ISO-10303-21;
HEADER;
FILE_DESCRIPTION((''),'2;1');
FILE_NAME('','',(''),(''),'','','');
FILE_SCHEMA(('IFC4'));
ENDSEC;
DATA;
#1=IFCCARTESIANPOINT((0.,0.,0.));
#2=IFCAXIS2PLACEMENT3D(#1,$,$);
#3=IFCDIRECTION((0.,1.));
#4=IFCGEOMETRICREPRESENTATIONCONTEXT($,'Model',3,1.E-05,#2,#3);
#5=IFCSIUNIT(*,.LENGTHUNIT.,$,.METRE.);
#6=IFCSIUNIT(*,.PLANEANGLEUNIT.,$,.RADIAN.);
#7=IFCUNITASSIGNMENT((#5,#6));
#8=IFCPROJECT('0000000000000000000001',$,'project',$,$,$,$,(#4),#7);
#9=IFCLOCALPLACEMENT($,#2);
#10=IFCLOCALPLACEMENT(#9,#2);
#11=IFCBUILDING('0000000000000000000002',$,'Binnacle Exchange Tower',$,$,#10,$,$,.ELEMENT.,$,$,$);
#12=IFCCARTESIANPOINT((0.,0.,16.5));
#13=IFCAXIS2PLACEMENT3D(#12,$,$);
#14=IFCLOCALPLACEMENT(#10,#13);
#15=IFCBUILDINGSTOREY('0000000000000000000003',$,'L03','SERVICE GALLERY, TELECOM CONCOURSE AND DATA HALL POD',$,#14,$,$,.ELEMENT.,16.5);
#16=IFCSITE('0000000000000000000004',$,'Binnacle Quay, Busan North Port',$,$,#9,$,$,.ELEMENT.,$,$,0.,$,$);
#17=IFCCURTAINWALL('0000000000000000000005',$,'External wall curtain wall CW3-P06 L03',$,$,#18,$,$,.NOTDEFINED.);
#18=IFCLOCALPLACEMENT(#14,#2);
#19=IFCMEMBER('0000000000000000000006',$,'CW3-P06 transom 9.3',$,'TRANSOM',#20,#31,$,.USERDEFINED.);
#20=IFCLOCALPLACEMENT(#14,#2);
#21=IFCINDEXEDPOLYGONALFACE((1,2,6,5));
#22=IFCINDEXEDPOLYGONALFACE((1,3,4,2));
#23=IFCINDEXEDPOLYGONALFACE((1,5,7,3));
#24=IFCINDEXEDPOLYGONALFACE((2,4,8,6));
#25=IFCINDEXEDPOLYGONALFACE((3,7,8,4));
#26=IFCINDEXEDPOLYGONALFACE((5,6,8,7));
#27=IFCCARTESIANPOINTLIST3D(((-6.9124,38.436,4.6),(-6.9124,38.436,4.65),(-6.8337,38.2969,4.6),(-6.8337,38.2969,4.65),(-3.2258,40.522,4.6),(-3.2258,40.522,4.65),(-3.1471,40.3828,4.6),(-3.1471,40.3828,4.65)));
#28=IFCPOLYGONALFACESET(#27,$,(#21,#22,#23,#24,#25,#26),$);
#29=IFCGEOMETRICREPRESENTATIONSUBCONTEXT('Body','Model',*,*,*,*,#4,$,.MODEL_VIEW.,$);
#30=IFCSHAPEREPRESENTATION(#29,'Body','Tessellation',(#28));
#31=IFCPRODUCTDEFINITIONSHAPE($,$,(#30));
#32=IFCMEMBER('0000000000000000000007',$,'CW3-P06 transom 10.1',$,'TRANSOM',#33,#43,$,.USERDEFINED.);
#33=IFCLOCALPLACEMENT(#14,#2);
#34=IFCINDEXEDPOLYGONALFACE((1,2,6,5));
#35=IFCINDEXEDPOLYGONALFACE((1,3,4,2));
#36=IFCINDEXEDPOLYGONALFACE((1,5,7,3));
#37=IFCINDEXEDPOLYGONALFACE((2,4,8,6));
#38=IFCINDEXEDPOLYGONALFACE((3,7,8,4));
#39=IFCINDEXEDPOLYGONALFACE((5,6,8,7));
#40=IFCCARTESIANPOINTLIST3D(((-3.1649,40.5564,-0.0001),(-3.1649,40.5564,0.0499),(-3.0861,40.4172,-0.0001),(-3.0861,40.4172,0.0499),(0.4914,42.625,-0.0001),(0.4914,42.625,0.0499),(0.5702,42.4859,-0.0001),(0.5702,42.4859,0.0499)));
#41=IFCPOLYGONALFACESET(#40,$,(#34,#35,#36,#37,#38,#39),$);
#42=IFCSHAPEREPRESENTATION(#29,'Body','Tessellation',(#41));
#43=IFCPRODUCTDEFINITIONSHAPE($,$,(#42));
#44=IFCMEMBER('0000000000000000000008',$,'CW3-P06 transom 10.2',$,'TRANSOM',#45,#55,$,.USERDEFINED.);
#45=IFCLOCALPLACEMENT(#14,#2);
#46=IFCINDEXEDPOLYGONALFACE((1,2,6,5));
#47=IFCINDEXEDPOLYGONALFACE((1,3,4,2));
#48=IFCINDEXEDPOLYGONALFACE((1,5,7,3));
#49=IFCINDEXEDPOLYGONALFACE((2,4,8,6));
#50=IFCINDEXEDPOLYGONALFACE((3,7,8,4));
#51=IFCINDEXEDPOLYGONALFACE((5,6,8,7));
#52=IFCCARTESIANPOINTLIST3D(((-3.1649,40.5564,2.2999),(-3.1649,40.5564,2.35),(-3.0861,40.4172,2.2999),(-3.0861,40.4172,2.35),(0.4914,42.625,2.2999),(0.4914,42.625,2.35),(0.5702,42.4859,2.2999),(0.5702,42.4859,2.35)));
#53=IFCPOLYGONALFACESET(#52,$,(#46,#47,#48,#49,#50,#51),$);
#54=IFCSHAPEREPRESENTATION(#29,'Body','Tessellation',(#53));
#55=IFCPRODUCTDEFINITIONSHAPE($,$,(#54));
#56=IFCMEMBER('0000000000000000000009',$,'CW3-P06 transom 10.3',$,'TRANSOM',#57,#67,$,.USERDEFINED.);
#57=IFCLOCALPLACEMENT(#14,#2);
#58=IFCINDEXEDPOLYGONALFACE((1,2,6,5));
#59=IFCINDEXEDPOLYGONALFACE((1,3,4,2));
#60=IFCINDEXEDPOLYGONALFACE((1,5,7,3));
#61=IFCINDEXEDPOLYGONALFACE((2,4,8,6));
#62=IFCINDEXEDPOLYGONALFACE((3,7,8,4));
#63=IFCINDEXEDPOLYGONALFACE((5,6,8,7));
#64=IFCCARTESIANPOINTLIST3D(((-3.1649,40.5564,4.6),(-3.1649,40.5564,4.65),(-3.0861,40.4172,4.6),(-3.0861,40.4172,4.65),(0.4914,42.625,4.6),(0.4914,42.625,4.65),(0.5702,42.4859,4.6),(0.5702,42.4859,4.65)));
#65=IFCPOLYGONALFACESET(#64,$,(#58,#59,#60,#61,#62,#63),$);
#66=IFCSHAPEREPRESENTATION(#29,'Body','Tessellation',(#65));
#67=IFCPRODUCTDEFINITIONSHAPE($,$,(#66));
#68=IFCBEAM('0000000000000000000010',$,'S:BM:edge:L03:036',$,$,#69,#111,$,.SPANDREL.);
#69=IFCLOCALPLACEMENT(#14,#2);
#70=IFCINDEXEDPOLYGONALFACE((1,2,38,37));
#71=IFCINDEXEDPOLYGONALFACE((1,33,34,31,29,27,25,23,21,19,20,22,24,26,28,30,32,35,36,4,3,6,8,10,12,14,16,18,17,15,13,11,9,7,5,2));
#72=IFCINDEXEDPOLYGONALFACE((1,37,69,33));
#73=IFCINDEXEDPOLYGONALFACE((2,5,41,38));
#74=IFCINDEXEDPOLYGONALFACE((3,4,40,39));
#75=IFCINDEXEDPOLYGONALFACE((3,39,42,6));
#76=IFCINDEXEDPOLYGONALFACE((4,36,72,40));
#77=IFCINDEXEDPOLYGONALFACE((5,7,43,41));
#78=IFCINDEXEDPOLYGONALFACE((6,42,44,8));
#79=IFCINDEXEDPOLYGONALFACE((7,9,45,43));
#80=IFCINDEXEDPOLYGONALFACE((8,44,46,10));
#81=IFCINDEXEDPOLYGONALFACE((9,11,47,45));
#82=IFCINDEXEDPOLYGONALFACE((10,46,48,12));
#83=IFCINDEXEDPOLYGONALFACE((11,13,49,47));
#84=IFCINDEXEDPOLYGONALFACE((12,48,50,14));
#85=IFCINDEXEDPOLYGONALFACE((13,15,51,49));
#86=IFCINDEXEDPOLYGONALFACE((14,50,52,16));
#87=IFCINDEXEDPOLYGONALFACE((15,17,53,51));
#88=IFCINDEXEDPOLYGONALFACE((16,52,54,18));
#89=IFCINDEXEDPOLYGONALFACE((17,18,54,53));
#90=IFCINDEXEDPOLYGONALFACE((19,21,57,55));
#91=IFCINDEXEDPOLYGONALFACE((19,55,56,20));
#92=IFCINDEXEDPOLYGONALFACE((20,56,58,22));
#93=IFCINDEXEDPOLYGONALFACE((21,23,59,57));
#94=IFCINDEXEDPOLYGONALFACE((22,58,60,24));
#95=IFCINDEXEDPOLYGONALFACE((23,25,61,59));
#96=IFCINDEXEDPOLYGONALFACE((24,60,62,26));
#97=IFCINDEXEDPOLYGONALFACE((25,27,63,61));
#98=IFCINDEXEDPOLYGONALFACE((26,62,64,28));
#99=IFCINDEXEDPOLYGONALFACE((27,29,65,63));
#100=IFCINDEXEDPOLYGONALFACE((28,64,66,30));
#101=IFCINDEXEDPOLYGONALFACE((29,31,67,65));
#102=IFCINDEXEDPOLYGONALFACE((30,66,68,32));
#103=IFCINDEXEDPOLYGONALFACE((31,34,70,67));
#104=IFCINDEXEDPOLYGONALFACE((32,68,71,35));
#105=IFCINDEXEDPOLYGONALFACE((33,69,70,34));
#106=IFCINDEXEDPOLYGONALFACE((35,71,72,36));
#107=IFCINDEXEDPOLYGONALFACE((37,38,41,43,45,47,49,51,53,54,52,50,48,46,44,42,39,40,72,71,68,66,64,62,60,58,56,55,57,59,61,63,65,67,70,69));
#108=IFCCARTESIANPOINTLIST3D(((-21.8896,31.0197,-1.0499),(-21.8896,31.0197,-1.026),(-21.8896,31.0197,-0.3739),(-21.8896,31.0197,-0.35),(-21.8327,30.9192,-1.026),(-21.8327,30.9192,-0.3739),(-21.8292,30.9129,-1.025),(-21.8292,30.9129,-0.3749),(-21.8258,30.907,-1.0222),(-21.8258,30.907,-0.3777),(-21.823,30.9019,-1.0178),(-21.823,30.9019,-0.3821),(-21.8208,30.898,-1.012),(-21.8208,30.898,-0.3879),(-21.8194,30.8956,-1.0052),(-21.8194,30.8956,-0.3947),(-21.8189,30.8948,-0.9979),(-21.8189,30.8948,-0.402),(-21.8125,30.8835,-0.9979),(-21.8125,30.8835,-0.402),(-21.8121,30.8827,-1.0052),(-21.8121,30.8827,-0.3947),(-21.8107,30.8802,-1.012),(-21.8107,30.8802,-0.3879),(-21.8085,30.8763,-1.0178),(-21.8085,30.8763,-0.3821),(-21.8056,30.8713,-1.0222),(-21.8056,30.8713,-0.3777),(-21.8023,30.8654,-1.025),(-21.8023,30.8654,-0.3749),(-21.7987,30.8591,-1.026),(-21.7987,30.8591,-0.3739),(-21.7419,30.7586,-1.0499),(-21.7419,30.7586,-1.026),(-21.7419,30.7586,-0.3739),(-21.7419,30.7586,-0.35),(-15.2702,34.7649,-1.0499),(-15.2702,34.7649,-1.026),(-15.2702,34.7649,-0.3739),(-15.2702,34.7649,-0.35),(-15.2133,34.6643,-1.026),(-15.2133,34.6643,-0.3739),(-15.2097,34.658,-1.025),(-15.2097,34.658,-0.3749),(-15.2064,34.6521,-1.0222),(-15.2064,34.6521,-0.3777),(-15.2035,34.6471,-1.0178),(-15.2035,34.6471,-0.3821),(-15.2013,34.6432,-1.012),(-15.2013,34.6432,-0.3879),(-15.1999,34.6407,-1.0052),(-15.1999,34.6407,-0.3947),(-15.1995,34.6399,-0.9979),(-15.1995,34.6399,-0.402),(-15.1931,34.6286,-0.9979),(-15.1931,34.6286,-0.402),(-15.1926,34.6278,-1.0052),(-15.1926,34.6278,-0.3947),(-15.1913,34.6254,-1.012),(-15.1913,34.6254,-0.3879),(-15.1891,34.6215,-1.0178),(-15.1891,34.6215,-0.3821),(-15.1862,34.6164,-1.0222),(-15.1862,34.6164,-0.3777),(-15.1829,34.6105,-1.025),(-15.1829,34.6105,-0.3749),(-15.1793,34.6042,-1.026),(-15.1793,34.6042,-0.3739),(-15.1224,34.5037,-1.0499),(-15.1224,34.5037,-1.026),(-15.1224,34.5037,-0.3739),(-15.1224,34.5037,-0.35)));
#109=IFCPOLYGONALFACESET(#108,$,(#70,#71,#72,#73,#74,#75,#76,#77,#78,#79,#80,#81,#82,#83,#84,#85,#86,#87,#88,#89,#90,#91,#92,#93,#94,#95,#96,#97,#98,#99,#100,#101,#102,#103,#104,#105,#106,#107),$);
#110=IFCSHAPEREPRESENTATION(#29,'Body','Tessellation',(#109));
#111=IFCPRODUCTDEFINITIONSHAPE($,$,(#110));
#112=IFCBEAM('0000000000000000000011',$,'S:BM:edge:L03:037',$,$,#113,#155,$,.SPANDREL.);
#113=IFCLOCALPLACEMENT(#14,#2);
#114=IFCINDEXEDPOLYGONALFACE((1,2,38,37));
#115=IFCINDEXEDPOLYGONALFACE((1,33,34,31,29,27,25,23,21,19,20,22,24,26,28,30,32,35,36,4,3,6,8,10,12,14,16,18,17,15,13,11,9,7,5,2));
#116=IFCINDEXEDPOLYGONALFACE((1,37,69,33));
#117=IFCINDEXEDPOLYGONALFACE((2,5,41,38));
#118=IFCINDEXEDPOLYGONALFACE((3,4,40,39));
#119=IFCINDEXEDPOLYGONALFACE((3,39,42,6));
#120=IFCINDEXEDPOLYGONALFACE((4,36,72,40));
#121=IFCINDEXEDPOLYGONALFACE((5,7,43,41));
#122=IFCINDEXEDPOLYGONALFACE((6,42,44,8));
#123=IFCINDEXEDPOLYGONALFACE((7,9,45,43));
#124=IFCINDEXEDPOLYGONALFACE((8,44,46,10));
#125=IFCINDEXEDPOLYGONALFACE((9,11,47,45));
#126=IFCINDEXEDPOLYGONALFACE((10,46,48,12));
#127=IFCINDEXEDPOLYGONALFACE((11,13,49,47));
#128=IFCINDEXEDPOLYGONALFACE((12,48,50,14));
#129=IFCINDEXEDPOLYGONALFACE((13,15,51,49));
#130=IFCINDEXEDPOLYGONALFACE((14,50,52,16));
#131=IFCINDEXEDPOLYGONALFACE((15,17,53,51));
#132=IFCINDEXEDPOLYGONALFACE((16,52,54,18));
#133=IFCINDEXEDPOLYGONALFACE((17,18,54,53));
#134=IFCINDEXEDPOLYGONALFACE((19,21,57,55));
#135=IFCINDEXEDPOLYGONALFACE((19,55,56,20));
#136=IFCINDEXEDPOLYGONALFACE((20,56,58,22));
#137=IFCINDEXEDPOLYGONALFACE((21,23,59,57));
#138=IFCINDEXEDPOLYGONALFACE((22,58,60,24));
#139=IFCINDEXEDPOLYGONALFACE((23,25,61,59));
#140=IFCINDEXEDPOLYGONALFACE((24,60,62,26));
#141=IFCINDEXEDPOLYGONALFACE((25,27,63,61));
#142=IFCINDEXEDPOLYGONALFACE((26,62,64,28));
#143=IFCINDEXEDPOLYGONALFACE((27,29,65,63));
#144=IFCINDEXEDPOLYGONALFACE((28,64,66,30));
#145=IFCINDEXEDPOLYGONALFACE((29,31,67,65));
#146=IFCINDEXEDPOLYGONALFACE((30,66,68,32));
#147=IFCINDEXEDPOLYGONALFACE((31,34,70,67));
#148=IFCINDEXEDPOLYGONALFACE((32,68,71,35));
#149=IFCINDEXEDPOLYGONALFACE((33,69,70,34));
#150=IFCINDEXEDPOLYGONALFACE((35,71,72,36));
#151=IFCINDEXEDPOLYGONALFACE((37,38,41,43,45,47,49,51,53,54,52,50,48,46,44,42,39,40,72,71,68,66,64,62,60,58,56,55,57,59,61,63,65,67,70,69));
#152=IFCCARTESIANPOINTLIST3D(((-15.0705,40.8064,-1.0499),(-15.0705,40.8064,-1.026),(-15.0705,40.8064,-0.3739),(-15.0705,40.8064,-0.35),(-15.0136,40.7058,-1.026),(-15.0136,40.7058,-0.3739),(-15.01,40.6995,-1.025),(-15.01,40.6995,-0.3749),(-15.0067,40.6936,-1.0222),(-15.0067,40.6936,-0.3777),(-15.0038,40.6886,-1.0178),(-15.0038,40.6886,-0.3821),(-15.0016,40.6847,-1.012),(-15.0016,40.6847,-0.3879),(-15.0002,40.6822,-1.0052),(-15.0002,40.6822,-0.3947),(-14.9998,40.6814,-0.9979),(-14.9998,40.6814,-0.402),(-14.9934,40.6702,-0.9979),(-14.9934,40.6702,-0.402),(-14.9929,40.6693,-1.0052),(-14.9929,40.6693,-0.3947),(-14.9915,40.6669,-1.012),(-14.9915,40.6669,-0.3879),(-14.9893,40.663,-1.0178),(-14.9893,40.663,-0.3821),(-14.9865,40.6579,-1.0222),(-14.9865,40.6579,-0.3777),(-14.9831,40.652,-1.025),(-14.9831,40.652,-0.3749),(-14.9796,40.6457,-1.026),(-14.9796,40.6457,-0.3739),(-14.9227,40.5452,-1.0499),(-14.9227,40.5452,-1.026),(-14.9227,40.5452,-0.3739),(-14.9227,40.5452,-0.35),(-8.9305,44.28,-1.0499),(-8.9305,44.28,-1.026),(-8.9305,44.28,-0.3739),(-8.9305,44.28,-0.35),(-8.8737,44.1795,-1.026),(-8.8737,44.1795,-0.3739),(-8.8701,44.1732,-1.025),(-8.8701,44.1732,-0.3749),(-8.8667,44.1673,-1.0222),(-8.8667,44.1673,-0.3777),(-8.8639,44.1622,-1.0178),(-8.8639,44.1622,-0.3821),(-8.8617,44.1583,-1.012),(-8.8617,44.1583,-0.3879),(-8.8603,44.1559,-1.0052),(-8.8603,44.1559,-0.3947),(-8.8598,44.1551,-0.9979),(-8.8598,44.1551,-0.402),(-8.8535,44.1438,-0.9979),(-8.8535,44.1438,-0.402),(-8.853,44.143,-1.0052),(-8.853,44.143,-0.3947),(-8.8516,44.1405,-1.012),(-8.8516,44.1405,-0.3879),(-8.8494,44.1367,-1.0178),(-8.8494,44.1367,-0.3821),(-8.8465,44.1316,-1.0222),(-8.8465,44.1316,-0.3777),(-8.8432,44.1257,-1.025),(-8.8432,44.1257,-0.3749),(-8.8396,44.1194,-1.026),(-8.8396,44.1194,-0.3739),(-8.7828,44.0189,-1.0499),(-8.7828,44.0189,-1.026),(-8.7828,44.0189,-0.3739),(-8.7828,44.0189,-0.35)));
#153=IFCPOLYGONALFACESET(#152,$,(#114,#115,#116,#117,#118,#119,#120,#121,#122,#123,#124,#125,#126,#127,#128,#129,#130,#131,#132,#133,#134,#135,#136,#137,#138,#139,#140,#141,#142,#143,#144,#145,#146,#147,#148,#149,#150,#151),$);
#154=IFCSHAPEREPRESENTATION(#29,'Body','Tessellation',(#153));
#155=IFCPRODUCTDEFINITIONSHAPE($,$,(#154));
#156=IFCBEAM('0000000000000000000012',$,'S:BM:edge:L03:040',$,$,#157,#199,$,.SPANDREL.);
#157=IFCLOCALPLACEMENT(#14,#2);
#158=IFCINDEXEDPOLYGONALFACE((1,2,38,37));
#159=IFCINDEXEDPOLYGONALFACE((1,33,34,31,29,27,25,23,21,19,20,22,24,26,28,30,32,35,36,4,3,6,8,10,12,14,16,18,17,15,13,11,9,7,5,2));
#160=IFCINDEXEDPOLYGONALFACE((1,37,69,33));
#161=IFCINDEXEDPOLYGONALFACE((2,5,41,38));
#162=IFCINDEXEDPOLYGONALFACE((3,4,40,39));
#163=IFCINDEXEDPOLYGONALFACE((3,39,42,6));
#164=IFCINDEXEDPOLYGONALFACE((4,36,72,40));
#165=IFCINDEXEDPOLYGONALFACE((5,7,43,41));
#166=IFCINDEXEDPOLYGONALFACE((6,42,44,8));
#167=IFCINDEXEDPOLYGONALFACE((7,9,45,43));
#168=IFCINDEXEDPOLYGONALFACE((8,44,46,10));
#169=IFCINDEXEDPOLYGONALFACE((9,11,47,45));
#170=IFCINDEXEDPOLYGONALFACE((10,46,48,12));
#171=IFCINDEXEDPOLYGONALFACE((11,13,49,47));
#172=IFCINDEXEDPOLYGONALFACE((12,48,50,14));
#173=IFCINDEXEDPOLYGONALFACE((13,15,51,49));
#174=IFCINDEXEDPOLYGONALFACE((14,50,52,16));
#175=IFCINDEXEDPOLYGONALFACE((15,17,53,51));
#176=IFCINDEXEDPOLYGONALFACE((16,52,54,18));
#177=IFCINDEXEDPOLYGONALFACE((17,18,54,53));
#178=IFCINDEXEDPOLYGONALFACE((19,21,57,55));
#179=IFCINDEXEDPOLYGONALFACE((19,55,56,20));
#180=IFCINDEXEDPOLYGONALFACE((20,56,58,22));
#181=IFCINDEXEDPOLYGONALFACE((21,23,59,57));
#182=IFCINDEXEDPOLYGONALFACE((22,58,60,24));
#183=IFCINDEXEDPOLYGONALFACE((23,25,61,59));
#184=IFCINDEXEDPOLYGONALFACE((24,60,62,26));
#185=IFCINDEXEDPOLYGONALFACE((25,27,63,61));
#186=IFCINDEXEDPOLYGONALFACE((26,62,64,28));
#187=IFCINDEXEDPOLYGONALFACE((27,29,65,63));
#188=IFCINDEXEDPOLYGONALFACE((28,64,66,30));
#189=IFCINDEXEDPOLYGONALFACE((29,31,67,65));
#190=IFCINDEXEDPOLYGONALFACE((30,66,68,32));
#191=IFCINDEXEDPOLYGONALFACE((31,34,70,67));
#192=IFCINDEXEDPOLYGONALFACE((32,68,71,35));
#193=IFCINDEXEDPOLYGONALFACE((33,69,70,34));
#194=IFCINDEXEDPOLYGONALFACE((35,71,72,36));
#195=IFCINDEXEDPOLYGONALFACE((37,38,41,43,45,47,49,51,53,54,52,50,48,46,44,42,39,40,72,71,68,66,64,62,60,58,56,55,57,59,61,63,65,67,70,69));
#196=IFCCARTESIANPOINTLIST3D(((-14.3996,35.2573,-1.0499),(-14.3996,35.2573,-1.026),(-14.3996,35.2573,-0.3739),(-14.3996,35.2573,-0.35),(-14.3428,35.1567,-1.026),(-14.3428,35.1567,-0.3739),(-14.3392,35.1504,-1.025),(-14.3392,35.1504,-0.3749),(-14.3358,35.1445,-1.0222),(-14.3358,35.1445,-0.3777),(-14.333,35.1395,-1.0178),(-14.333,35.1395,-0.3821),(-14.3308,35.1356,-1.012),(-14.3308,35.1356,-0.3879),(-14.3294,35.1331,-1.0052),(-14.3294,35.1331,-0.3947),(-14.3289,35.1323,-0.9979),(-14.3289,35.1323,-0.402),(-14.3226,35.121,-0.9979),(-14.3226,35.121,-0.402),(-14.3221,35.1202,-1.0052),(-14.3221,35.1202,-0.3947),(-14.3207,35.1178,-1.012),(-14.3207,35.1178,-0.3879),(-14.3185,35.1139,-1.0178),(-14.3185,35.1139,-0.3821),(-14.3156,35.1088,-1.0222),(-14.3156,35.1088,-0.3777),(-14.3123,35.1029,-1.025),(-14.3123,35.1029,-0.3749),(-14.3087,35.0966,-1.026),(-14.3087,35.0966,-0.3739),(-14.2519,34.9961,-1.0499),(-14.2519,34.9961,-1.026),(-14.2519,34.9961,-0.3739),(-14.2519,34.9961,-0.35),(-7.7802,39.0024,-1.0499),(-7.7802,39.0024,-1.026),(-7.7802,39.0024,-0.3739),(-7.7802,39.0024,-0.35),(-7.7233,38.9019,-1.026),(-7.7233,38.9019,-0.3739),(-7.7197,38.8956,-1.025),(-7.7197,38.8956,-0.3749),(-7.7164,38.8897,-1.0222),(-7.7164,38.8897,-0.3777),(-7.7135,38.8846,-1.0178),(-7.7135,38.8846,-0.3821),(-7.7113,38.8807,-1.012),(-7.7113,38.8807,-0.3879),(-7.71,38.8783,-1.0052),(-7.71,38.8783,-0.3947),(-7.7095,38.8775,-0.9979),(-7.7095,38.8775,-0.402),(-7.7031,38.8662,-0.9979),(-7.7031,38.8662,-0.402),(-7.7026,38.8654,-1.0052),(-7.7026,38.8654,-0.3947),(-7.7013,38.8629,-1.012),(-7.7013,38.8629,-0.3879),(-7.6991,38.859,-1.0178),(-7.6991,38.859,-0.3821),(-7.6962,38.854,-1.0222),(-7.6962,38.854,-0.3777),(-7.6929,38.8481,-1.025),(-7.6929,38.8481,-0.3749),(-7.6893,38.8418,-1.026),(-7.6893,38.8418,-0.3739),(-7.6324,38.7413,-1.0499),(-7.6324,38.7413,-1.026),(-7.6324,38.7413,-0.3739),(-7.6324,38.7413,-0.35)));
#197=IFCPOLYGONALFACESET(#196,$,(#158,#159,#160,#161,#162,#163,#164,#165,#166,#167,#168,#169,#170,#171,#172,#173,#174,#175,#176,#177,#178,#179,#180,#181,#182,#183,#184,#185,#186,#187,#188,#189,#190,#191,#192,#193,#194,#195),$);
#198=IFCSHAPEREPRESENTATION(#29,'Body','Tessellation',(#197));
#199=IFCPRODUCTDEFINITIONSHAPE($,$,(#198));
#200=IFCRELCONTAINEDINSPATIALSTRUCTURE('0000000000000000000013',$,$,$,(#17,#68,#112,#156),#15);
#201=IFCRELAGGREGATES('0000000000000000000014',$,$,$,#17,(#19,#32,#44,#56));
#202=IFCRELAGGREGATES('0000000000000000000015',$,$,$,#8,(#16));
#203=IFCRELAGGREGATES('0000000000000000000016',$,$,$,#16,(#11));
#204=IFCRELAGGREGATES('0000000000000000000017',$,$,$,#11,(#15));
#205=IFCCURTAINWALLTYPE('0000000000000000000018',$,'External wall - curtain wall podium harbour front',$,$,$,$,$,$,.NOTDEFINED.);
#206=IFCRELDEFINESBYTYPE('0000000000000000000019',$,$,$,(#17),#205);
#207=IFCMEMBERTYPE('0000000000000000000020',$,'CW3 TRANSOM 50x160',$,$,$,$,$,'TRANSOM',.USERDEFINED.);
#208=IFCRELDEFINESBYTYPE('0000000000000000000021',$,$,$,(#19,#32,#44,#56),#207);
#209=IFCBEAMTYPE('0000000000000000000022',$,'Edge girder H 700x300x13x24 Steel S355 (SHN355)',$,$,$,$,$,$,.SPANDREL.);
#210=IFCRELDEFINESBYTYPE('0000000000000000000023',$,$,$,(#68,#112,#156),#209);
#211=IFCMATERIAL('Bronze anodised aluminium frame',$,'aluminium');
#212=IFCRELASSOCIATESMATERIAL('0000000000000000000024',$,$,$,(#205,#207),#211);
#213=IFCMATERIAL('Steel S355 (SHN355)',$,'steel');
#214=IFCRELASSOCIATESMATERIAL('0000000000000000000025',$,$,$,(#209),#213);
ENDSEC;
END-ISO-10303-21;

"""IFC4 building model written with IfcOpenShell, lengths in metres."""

from ifc_helpers import new_model, si_unit, direction, frame, origin, origin_2d, place, context, subcontext, project, spatial, rectangle, i_section, extrude, material, material_profile, profile_set, type_object, element, aggregate, save


model = new_model("IFC4")

# Units and contexts
model_context = context("Model", 3, precision=1e-05, world=origin(), true_north=direction((0.0, 1.0)))
body_context = subcontext(model_context, "Body", "Model", "MODEL_VIEW")
ifc_project = project(units=[si_unit("LENGTHUNIT", "METRE"), si_unit("PLANEANGLEUNIT", "RADIAN")], contexts=[model_context])

# Site, building, storey
site_placement = place(None, origin())
site = spatial("IfcSite", under=ifc_project, at=site_placement, Name="Binnacle Quay, Busan North Port", CompositionType="ELEMENT", RefElevation=0.0)
building_placement = place(site_placement, origin())
building = spatial("IfcBuilding", under=site, at=building_placement, Name="Binnacle Exchange Tower", CompositionType="ELEMENT")
storey_placement = place(building_placement, frame((0.0, 0.0, 16.5)))
storey = spatial("IfcBuildingStorey", under=building, at=storey_placement, Name="L03", Description="SERVICE GALLERY, TELECOM CONCOURSE AND DATA HALL POD", CompositionType="ELEMENT", Elevation=16.5)

# Curtain wall, members
ifc_material_1 = material(Name="Bronze anodised aluminium frame", Category="aluminium")
curtain_wall_type = type_object("IfcCurtainWallType", Name="External wall - curtain wall podium harbour front", PredefinedType="NOTDEFINED", material=ifc_material_1)
curtain_wall_placement = place(storey_placement, origin())
curtain_wall = element("IfcCurtainWall", 1, at=curtain_wall_placement, inside=storey, type_object=curtain_wall_type, Name="External wall curtain wall CW3-P06 L03", PredefinedType="NOTDEFINED")
ifc_material_profile_1 = material_profile(ifc_material_1, rectangle(XDim=0.1599, YDim=0.05, at=origin_2d()), Name="AL 160x50")
ifc_profile_set_1 = profile_set([ifc_material_profile_1], Name="Bronze anodised aluminium frame")
member_type_1 = type_object("IfcMemberType", Name="CW3 TRANSOM 50x160", ElementType="TRANSOM", PredefinedType="USERDEFINED", material=ifc_profile_set_1)
member_1_placement = place(storey_placement, frame((-6.873, 38.3665, 4.625), z_axis=(0.870335, 0.49246, 0.0), x_axis=(-0.49246, 0.870335, 0.0)))
member_1 = element("IfcMember", 2, at=member_1_placement, type_object=member_type_1, Name="CW3-P06 transom 9.3", ObjectType="TRANSOM", PredefinedType="USERDEFINED", context=body_context, shape_type="SweptSolid", body=[
    extrude(rectangle(XDim=0.1599, YDim=0.05, at=origin_2d()), origin(), (0.0, 0.0, 1.0), 4.2358),
])
member_2_placement = place(storey_placement, frame((-3.1255, 40.4868, 0.0249), z_axis=(0.870356, 0.492423, 0.0), x_axis=(-0.492423, 0.870356, 0.0)))
member_2 = element("IfcMember", 3, at=member_2_placement, type_object=member_type_1, Name="CW3-P06 transom 10.1", ObjectType="TRANSOM", PredefinedType="USERDEFINED", context=body_context, shape_type="SweptSolid", body=[
    extrude(rectangle(XDim=0.1599, YDim=0.05, at=origin_2d()), origin(), (0.0, 0.0, 1.0), 4.2009),
])
member_3_placement = place(storey_placement, frame((-3.1255, 40.4868, 2.325), z_axis=(0.870356, 0.492423, 0.0), x_axis=(-0.492423, 0.870356, 0.0)))
member_3 = element("IfcMember", 4, at=member_3_placement, type_object=member_type_1, Name="CW3-P06 transom 10.2", ObjectType="TRANSOM", PredefinedType="USERDEFINED", context=body_context, shape_type="SweptSolid", body=[
    extrude(rectangle(XDim=0.1599, YDim=0.05, at=origin_2d()), origin(), (0.0, 0.0, 1.0), 4.2009),
])
member_4_placement = place(storey_placement, frame((-3.1255, 40.4868, 4.625), z_axis=(0.870356, 0.492423, 0.0), x_axis=(-0.492423, 0.870356, 0.0)))
member_4 = element("IfcMember", 5, at=member_4_placement, type_object=member_type_1, Name="CW3-P06 transom 10.3", ObjectType="TRANSOM", PredefinedType="USERDEFINED", context=body_context, shape_type="SweptSolid", body=[
    extrude(rectangle(XDim=0.1599, YDim=0.05, at=origin_2d()), origin(), (0.0, 0.0, 1.0), 4.2009),
])

# Beams
ifc_material_2 = material(Name="Steel S355 (SHN355)", Category="steel")
ifc_material_profile_2 = material_profile(ifc_material_2, i_section(OverallWidth=0.3, OverallDepth=0.7, WebThickness=0.0129, FlangeThickness=0.0239, FilletRadius=0.0281, at=origin_2d()), Name="H 700x300x13x24")
ifc_profile_set_2 = profile_set([ifc_material_profile_2], Name="Steel S355 (SHN355)")
beam_type_1 = type_object("IfcBeamType", Name="Edge girder H 700x300x13x24 Steel S355 (SHN355)", PredefinedType="SPANDREL", material=ifc_profile_set_2)
beam_1_placement = place(storey_placement, frame((-15.1963, 34.6343, -0.7), z_axis=(-0.870353, -0.492428, 0.0), x_axis=(0.492428, -0.870353, 0.0)))
element("IfcBeam", 6, at=beam_1_placement, inside=storey, type_object=beam_type_1, Name="S:BM:edge:L03:036", PredefinedType="SPANDREL", context=body_context, shape_type="SweptSolid", body=[
    extrude(i_section(OverallWidth=0.3, OverallDepth=0.7, WebThickness=0.0129, FlangeThickness=0.0239, FilletRadius=0.0281, at=origin_2d()), origin(), (0.0, 0.0, 1.0), 7.6055),
])
beam_2_placement = place(storey_placement, frame((-14.9966, 40.6758, -0.7), z_axis=(0.870365, 0.492407, 0.0), x_axis=(-0.492407, 0.870365, 0.0)))
element("IfcBeam", 7, at=beam_2_placement, inside=storey, type_object=beam_type_1, Name="S:BM:edge:L03:037", PredefinedType="SPANDREL", context=body_context, shape_type="SweptSolid", body=[
    extrude(i_section(OverallWidth=0.3, OverallDepth=0.7, WebThickness=0.0129, FlangeThickness=0.0239, FilletRadius=0.0281, at=origin_2d()), origin(), (0.0, 0.0, 1.0), 7.0544),
])
beam_3_placement = place(storey_placement, frame((-7.7063, 38.8718, -0.7), z_axis=(-0.870353, -0.492428, 0.0), x_axis=(0.492428, -0.870353, 0.0)))
element("IfcBeam", 8, at=beam_3_placement, inside=storey, type_object=beam_type_1, Name="S:BM:edge:L03:040", PredefinedType="SPANDREL", context=body_context, shape_type="SweptSolid", body=[
    extrude(i_section(OverallWidth=0.3, OverallDepth=0.7, WebThickness=0.0129, FlangeThickness=0.0239, FilletRadius=0.0281, at=origin_2d()), origin(), (0.0, 0.0, 1.0), 7.6055),
])

aggregate(curtain_wall, [member_1, member_2, member_3, member_4])

save(model, "model.ifc")
